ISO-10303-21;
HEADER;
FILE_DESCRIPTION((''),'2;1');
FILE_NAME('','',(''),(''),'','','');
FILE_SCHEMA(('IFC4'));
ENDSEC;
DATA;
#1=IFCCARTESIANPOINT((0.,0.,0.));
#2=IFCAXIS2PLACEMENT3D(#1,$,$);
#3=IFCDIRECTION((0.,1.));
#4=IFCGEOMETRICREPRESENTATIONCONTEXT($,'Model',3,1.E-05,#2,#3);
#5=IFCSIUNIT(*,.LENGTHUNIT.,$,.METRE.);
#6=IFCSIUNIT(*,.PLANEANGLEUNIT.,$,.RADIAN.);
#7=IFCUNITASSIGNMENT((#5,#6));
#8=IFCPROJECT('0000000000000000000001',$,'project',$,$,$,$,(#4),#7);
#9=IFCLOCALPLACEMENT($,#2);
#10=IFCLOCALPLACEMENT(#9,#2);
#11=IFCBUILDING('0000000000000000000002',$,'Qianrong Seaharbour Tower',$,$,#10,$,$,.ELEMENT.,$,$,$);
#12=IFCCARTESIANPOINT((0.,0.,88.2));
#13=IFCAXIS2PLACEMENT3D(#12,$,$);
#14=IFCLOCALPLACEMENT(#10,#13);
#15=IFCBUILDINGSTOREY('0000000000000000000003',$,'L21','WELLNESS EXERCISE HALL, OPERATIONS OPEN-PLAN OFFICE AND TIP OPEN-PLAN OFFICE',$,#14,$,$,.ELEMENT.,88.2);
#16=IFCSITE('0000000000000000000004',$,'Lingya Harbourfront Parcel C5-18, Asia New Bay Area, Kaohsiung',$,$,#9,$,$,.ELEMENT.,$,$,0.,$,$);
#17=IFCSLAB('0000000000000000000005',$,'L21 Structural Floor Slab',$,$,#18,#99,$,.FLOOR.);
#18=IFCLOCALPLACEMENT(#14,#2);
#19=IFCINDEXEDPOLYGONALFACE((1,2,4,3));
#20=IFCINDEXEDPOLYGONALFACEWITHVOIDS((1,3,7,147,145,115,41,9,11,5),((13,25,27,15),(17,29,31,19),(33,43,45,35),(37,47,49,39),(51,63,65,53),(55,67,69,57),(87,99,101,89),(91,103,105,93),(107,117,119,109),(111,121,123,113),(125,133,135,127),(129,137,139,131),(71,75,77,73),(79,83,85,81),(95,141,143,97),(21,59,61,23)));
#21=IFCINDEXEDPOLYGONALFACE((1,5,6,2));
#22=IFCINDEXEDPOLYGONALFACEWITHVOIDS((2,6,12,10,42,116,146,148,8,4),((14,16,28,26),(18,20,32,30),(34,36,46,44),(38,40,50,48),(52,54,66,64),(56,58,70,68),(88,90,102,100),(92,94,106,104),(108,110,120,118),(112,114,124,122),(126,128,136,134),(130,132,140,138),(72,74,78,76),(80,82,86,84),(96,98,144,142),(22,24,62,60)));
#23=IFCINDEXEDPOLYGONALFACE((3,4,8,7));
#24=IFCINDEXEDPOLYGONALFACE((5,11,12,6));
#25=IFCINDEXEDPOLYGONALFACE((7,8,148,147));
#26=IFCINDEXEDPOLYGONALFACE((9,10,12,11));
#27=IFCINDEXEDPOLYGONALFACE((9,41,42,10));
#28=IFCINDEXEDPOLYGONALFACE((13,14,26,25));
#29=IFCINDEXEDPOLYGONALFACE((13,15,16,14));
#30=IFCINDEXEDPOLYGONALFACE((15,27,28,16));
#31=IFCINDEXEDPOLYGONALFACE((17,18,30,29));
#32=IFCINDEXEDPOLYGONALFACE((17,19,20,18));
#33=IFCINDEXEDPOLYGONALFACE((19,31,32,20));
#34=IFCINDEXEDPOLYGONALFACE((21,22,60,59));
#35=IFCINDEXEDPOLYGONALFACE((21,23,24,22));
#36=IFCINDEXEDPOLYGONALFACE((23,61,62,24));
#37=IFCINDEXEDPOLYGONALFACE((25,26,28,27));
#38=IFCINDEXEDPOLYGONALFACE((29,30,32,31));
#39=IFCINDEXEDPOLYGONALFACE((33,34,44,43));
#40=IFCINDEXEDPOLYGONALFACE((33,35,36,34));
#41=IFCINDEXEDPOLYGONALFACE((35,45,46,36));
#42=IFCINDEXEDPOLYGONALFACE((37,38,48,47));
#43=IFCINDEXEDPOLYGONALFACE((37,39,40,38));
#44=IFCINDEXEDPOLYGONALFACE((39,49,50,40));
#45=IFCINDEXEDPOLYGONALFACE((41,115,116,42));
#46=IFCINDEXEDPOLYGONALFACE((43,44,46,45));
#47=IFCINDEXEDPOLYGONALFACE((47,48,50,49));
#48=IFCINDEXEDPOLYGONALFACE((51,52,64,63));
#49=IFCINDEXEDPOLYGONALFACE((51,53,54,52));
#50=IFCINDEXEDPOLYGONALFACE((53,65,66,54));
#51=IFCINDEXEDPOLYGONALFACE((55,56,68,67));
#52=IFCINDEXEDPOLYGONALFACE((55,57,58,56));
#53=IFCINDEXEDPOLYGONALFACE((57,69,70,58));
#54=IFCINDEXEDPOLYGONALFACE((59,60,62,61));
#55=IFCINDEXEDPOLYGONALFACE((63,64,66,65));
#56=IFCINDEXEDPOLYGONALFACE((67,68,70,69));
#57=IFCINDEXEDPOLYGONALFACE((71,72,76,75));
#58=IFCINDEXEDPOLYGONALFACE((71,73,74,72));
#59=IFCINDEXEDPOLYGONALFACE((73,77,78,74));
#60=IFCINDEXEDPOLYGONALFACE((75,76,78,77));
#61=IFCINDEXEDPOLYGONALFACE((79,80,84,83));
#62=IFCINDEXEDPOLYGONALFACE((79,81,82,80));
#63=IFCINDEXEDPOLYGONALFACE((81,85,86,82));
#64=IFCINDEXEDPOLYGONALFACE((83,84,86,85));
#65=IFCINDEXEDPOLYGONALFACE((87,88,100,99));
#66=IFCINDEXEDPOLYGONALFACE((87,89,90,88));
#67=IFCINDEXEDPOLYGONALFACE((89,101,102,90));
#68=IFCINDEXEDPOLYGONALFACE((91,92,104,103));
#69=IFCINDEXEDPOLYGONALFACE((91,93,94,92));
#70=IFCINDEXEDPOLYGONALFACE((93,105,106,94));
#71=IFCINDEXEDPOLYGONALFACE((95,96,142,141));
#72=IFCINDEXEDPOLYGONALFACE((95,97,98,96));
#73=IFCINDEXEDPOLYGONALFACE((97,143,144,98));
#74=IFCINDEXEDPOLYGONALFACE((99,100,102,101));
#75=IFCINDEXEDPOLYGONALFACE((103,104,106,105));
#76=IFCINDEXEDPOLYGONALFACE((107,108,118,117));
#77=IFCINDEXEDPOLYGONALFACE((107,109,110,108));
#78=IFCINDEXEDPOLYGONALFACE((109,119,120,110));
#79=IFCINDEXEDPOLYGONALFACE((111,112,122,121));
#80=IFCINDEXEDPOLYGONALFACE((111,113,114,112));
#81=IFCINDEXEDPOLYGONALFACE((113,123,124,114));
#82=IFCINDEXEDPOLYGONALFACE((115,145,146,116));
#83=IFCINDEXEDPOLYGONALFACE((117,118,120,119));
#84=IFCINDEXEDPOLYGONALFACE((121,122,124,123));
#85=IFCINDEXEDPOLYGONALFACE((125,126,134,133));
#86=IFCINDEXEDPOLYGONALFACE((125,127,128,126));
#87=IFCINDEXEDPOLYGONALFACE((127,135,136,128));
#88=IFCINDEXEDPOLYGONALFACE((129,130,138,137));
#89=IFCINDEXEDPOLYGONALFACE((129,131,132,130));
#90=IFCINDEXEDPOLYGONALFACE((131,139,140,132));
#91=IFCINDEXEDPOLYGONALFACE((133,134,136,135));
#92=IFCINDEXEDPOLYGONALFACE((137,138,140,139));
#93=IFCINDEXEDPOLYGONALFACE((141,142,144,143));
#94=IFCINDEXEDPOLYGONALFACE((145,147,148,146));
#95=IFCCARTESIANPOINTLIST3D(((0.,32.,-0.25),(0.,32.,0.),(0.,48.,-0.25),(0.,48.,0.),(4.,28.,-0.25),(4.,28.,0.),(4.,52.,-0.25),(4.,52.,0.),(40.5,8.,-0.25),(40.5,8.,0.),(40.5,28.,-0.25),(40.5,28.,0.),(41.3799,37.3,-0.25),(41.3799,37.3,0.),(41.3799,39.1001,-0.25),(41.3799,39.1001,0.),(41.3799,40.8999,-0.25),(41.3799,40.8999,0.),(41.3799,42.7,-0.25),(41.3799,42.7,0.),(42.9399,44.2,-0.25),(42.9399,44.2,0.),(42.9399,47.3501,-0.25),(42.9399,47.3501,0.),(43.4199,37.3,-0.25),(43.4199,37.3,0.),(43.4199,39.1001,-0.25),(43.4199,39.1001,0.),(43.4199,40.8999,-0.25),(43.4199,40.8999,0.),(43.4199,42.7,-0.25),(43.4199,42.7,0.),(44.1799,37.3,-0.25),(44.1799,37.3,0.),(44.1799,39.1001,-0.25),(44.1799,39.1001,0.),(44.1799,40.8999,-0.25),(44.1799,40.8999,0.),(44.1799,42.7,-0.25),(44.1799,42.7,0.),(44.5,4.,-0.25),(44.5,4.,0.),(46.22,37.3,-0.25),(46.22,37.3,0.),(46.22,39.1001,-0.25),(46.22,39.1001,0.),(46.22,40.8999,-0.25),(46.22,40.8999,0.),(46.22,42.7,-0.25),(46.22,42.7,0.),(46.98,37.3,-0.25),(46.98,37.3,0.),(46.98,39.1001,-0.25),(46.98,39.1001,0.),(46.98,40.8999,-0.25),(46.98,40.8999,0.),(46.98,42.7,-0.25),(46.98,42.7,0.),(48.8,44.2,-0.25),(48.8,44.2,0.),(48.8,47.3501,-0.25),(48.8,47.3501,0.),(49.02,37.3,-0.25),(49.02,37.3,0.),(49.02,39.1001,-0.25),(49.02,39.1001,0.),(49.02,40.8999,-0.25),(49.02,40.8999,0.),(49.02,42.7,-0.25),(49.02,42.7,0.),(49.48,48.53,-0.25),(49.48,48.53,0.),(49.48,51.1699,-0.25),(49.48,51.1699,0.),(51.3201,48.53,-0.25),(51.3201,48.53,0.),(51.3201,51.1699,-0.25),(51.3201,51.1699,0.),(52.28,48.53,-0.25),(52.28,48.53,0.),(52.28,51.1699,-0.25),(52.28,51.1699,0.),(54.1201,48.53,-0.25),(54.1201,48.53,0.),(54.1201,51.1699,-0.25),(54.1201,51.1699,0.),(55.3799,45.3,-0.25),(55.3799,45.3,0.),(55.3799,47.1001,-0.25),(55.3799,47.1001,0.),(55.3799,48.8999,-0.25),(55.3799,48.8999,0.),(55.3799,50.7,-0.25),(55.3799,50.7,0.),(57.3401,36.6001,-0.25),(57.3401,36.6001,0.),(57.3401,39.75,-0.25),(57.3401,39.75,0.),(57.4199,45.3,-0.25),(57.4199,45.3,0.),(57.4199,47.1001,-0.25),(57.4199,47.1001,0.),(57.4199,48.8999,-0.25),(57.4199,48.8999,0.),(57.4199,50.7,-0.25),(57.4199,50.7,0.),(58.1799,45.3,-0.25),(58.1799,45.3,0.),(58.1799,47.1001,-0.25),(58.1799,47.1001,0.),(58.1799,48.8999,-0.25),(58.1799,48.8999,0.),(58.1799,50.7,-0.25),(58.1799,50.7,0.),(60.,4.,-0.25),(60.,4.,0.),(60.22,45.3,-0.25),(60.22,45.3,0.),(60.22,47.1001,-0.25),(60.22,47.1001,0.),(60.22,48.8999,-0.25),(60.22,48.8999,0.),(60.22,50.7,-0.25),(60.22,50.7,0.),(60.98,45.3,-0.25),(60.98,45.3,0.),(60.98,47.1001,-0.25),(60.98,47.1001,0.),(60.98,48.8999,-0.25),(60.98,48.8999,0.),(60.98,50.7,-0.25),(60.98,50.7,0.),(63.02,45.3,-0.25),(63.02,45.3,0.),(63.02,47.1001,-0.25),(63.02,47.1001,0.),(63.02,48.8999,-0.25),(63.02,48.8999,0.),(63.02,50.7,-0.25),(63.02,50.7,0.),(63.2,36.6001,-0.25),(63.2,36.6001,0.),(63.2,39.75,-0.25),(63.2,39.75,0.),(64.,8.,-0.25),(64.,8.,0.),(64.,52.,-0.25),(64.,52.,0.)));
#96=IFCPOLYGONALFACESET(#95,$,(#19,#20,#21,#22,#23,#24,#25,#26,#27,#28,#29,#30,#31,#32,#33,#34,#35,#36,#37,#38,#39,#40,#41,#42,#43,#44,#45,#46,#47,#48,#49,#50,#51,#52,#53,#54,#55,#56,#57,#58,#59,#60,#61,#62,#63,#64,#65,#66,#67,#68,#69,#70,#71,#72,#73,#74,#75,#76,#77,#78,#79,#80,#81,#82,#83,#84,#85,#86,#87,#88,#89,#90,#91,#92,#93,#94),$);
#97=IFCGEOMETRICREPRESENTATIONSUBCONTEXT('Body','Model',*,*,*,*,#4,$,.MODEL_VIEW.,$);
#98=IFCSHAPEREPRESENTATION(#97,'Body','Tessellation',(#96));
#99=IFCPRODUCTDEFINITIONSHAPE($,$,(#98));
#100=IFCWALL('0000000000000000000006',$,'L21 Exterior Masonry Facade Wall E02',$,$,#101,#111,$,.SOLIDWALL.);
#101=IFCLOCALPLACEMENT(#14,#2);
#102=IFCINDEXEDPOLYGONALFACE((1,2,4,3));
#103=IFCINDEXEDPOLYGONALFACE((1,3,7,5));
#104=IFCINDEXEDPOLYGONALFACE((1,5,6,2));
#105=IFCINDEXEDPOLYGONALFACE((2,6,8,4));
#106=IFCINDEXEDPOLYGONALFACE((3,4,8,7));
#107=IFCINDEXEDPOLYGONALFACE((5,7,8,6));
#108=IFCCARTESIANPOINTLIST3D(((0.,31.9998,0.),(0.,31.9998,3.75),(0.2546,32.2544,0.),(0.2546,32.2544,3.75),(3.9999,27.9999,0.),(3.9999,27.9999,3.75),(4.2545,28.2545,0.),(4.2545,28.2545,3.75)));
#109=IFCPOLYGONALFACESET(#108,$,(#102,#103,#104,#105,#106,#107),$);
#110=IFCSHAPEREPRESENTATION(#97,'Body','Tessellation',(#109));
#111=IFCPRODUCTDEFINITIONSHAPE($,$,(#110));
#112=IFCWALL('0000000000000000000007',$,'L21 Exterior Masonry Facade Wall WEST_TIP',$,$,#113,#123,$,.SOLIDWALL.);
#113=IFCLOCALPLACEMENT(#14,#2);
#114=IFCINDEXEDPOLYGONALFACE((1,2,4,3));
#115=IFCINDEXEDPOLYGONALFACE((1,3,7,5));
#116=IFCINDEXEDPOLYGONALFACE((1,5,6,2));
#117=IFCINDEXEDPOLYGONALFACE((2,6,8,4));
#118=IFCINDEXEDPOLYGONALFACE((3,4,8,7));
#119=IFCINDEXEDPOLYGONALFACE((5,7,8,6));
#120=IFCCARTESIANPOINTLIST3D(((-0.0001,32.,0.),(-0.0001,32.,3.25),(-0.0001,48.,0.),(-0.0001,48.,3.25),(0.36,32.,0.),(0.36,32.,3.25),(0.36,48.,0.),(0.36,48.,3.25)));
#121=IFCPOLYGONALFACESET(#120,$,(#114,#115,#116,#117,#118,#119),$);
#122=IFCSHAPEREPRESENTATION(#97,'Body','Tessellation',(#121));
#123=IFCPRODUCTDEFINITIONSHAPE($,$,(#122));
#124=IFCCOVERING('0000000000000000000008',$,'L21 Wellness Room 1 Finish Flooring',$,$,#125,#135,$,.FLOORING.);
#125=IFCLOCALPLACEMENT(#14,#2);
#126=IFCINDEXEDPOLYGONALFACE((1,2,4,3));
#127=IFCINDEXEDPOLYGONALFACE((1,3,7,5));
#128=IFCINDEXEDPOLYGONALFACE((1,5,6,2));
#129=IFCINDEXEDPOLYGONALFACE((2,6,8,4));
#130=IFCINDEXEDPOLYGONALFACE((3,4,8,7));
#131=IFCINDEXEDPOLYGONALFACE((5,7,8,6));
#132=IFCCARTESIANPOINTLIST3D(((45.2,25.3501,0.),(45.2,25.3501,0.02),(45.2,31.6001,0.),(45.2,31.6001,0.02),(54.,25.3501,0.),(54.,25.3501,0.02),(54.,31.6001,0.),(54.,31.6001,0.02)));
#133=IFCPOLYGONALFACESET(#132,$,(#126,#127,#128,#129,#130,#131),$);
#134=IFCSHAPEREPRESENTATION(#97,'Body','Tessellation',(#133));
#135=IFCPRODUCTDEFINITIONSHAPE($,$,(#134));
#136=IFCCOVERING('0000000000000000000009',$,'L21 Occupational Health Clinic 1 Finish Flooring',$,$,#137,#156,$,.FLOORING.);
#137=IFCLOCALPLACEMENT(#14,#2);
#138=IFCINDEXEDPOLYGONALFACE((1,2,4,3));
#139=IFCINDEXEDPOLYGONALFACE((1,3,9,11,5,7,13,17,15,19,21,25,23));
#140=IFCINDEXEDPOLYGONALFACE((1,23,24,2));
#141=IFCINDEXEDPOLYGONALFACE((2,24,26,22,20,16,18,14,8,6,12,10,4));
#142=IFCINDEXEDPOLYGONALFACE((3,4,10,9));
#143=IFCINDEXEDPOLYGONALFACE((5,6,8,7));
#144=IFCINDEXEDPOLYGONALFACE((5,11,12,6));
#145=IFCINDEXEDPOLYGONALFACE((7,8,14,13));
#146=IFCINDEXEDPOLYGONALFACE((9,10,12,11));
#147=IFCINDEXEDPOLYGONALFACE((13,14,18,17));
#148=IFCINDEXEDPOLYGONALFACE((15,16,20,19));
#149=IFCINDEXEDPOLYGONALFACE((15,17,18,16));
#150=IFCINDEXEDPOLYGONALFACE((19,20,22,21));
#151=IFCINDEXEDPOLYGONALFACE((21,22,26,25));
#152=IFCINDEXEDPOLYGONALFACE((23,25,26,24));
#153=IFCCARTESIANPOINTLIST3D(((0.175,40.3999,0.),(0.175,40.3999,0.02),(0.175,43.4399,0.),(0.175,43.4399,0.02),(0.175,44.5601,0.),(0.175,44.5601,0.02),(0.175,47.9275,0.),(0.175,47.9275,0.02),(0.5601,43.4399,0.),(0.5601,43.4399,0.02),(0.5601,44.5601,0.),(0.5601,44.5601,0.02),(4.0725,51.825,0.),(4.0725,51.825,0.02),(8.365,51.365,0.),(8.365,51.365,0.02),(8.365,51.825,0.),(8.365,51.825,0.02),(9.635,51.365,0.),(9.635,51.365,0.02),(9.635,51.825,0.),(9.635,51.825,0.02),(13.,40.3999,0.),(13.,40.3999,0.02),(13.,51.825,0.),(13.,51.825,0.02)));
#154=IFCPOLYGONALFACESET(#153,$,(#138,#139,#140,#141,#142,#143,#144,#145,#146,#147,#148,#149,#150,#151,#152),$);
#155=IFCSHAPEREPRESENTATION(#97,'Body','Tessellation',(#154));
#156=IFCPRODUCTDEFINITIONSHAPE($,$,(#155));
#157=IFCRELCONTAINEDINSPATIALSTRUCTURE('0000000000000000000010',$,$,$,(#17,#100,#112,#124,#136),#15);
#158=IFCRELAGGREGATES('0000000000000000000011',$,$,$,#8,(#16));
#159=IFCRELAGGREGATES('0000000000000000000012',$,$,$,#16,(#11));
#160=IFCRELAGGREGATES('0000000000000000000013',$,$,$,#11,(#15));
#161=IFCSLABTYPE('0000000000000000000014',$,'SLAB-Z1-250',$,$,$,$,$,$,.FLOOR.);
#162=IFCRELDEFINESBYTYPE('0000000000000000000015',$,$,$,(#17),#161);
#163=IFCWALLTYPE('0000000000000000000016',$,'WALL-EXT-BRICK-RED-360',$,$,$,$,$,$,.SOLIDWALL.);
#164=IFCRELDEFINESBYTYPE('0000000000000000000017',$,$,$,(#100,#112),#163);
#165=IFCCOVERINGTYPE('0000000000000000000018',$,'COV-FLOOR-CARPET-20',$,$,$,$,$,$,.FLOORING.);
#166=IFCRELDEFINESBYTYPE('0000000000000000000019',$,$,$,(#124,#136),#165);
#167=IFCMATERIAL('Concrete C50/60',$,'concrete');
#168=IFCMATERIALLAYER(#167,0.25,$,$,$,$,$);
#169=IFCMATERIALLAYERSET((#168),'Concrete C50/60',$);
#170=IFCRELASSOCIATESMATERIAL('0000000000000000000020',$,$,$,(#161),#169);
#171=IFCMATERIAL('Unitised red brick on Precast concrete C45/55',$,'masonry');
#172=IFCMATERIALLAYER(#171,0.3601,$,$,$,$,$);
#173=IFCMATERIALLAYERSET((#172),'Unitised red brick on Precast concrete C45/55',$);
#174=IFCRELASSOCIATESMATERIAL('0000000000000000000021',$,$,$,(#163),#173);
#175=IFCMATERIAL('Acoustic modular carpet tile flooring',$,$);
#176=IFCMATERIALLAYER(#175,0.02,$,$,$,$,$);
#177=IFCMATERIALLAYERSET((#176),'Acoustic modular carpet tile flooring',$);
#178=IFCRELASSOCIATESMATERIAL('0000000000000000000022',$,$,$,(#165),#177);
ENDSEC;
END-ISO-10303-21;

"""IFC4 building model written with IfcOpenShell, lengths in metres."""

from ifc_helpers import new_model, si_unit, direction, frame, frame_2d, origin, place, context, subcontext, project, spatial, polyline, rectangle, outline, extrude, material, layer, layer_set, type_object, element, save


model = new_model("IFC4")

# Units and contexts
model_context = context("Model", 3, precision=1e-05, world=origin(), true_north=direction((0.0, 1.0)))
body_context = subcontext(model_context, "Body", "Model", "MODEL_VIEW")
ifc_project = project(units=[si_unit("LENGTHUNIT", "METRE"), si_unit("PLANEANGLEUNIT", "RADIAN")], contexts=[model_context])

# Site, building, storey
site_placement = place(None, origin())
site = spatial("IfcSite", under=ifc_project, at=site_placement, Name="Lingya Harbourfront Parcel C5-18, Asia New Bay Area, Kaohsiung", CompositionType="ELEMENT", RefElevation=0.0)
building_placement = place(site_placement, origin())
building = spatial("IfcBuilding", under=site, at=building_placement, Name="Qianrong Seaharbour Tower", CompositionType="ELEMENT")
storey_placement = place(building_placement, frame((0.0, 0.0, 88.2)))
storey = spatial("IfcBuildingStorey", under=building, at=storey_placement, Name="L21", Description="WELLNESS EXERCISE HALL, OPERATIONS OPEN-PLAN OFFICE AND TIP OPEN-PLAN OFFICE", CompositionType="ELEMENT", Elevation=88.2)

# Shared definitions
ifc_material_1 = material(Name="Concrete C50/60", Category="concrete")

# Slab
ifc_layer_1 = layer(ifc_material_1, 0.25)
ifc_layer_set_1 = layer_set([ifc_layer_1], Name="Concrete C50/60")
slab_type_1 = type_object("IfcSlabType", Name="SLAB-Z1-250", PredefinedType="FLOOR", material=ifc_layer_set_1)
slab_1_placement = place(storey_placement, frame((0.0, 0.0, -0.25)))
element("IfcSlab", 1, at=slab_1_placement, inside=storey, type_object=slab_type_1, Name="L21 Structural Floor Slab", PredefinedType="FLOOR", context=body_context, shape_type="SweptSolid", body=[
    extrude(outline(polyline([(44.5, 4.0), (60.0, 4.0), (64.0, 8.0), (64.0, 52.0), (4.0, 52.0), (0.0, 48.0), (0.0, 32.0), (4.0, 28.0), (40.5, 28.0), (40.5, 8.0), (44.5, 4.0)]), holes=[polyline([(42.9399, 44.2), (42.9399, 47.3501), (48.8, 47.3501), (48.8, 44.2), (42.9399, 44.2)]), polyline([(57.3401, 36.6001), (57.3401, 39.75), (63.2, 39.75), (63.2, 36.6001), (57.3401, 36.6001)]), polyline([(49.48, 48.53), (49.48, 51.1699), (51.3201, 51.1699), (51.3201, 48.53), (49.48, 48.53)]), polyline([(52.28, 48.53), (52.28, 51.1699), (54.1201, 51.1699), (54.1201, 48.53), (52.28, 48.53)]), polyline([(41.3799, 37.3), (41.3799, 39.1001), (43.4199, 39.1001), (43.4199, 37.3), (41.3799, 37.3)]), polyline([(44.1799, 37.3), (44.1799, 39.1001), (46.22, 39.1001), (46.22, 37.3), (44.1799, 37.3)]), polyline([(46.98, 37.3), (46.98, 39.1001), (49.02, 39.1001), (49.02, 37.3), (46.98, 37.3)]), polyline([(41.3799, 40.8999), (41.3799, 42.7), (43.4199, 42.7), (43.4199, 40.8999), (41.3799, 40.8999)]), polyline([(44.1799, 40.8999), (44.1799, 42.7), (46.22, 42.7), (46.22, 40.8999), (44.1799, 40.8999)]), polyline([(46.98, 40.8999), (46.98, 42.7), (49.02, 42.7), (49.02, 40.8999), (46.98, 40.8999)]), polyline([(55.3799, 45.3), (55.3799, 47.1001), (57.4199, 47.1001), (57.4199, 45.3), (55.3799, 45.3)]), polyline([(58.1799, 45.3), (58.1799, 47.1001), (60.22, 47.1001), (60.22, 45.3), (58.1799, 45.3)]), polyline([(60.98, 45.3), (60.98, 47.1001), (63.02, 47.1001), (63.02, 45.3), (60.98, 45.3)]), polyline([(55.3799, 48.8999), (55.3799, 50.7), (57.4199, 50.7), (57.4199, 48.8999), (55.3799, 48.8999)]), polyline([(58.1799, 48.8999), (58.1799, 50.7), (60.22, 50.7), (60.22, 48.8999), (58.1799, 48.8999)]), polyline([(60.98, 48.8999), (60.98, 50.7), (63.02, 50.7), (63.02, 48.8999), (60.98, 48.8999)])]), origin(), (0.0, 0.0, 1.0), 0.25),
])

# Walls
ifc_material_2 = material(Name="Unitised red brick on Precast concrete C45/55", Category="masonry")
ifc_layer_2 = layer(ifc_material_2, 0.3601)
ifc_layer_set_2 = layer_set([ifc_layer_2], Name="Unitised red brick on Precast concrete C45/55")
wall_type = type_object("IfcWallType", Name="WALL-EXT-BRICK-RED-360", PredefinedType="SOLIDWALL", material=ifc_layer_set_2)
wall_1_placement = place(storey_placement, frame((4.1272, 28.1272, 0.0), z_axis=(0.0, 0.0, 1.0), x_axis=(-0.707107, 0.707107, 0.0)))
element("IfcWall", 2, at=wall_1_placement, inside=storey, type_object=wall_type, Name="L21 Exterior Masonry Facade Wall E02", PredefinedType="SOLIDWALL", context=body_context, shape_type="SweptSolid", body=[
    extrude(rectangle(XDim=5.6567, YDim=0.3601, at=frame_2d((2.8284, 0.0))), origin(), (0.0, 0.0, 1.0), 3.75),
])
wall_2_placement = place(storey_placement, frame((0.1799, 32.0, 0.0), z_axis=(0.0, 0.0, 1.0), x_axis=(0.0, 1.0, 0.0)))
element("IfcWall", 3, at=wall_2_placement, inside=storey, type_object=wall_type, Name="L21 Exterior Masonry Facade Wall WEST_TIP", PredefinedType="SOLIDWALL", context=body_context, shape_type="SweptSolid", body=[
    extrude(rectangle(XDim=16.0, YDim=0.3601, at=frame_2d((8.0, 0.0))), origin(), (0.0, 0.0, 1.0), 3.25),
])

# Coverings
ifc_material_3 = material(Name="Acoustic modular carpet tile flooring")
ifc_layer_3 = layer(ifc_material_3, 0.02)
ifc_layer_set_3 = layer_set([ifc_layer_3], Name="Acoustic modular carpet tile flooring")
covering_type_1 = type_object("IfcCoveringType", Name="COV-FLOOR-CARPET-20", PredefinedType="FLOORING", material=ifc_layer_set_3)
covering_1_placement = place(storey_placement, origin())
element("IfcCovering", 4, at=covering_1_placement, inside=storey, type_object=covering_type_1, Name="L21 Wellness Room 1 Finish Flooring", PredefinedType="FLOORING", context=body_context, shape_type="SweptSolid", body=[
    extrude(outline(polyline([(54.0, 31.6001), (54.0, 25.3501), (45.2, 25.3501), (45.2, 31.6001), (54.0, 31.6001)])), origin(), (0.0, 0.0, 1.0), 0.02),
])
covering_2_placement = place(storey_placement, origin())
element("IfcCovering", 5, at=covering_2_placement, inside=storey, type_object=covering_type_1, Name="L21 Occupational Health Clinic 1 Finish Flooring", PredefinedType="FLOORING", context=body_context, shape_type="SweptSolid", body=[
    extrude(outline(polyline([(0.175, 43.4399), (0.5601, 43.4399), (0.5601, 44.5601), (0.175, 44.5601), (0.175, 47.9275), (4.0725, 51.825), (8.365, 51.825), (8.365, 51.365), (9.635, 51.365), (9.635, 51.825), (13.0, 51.825), (13.0, 40.3999), (0.175, 40.3999), (0.175, 43.4399)])), origin(), (0.0, 0.0, 1.0), 0.02),
])

save(model, "model.ifc")
